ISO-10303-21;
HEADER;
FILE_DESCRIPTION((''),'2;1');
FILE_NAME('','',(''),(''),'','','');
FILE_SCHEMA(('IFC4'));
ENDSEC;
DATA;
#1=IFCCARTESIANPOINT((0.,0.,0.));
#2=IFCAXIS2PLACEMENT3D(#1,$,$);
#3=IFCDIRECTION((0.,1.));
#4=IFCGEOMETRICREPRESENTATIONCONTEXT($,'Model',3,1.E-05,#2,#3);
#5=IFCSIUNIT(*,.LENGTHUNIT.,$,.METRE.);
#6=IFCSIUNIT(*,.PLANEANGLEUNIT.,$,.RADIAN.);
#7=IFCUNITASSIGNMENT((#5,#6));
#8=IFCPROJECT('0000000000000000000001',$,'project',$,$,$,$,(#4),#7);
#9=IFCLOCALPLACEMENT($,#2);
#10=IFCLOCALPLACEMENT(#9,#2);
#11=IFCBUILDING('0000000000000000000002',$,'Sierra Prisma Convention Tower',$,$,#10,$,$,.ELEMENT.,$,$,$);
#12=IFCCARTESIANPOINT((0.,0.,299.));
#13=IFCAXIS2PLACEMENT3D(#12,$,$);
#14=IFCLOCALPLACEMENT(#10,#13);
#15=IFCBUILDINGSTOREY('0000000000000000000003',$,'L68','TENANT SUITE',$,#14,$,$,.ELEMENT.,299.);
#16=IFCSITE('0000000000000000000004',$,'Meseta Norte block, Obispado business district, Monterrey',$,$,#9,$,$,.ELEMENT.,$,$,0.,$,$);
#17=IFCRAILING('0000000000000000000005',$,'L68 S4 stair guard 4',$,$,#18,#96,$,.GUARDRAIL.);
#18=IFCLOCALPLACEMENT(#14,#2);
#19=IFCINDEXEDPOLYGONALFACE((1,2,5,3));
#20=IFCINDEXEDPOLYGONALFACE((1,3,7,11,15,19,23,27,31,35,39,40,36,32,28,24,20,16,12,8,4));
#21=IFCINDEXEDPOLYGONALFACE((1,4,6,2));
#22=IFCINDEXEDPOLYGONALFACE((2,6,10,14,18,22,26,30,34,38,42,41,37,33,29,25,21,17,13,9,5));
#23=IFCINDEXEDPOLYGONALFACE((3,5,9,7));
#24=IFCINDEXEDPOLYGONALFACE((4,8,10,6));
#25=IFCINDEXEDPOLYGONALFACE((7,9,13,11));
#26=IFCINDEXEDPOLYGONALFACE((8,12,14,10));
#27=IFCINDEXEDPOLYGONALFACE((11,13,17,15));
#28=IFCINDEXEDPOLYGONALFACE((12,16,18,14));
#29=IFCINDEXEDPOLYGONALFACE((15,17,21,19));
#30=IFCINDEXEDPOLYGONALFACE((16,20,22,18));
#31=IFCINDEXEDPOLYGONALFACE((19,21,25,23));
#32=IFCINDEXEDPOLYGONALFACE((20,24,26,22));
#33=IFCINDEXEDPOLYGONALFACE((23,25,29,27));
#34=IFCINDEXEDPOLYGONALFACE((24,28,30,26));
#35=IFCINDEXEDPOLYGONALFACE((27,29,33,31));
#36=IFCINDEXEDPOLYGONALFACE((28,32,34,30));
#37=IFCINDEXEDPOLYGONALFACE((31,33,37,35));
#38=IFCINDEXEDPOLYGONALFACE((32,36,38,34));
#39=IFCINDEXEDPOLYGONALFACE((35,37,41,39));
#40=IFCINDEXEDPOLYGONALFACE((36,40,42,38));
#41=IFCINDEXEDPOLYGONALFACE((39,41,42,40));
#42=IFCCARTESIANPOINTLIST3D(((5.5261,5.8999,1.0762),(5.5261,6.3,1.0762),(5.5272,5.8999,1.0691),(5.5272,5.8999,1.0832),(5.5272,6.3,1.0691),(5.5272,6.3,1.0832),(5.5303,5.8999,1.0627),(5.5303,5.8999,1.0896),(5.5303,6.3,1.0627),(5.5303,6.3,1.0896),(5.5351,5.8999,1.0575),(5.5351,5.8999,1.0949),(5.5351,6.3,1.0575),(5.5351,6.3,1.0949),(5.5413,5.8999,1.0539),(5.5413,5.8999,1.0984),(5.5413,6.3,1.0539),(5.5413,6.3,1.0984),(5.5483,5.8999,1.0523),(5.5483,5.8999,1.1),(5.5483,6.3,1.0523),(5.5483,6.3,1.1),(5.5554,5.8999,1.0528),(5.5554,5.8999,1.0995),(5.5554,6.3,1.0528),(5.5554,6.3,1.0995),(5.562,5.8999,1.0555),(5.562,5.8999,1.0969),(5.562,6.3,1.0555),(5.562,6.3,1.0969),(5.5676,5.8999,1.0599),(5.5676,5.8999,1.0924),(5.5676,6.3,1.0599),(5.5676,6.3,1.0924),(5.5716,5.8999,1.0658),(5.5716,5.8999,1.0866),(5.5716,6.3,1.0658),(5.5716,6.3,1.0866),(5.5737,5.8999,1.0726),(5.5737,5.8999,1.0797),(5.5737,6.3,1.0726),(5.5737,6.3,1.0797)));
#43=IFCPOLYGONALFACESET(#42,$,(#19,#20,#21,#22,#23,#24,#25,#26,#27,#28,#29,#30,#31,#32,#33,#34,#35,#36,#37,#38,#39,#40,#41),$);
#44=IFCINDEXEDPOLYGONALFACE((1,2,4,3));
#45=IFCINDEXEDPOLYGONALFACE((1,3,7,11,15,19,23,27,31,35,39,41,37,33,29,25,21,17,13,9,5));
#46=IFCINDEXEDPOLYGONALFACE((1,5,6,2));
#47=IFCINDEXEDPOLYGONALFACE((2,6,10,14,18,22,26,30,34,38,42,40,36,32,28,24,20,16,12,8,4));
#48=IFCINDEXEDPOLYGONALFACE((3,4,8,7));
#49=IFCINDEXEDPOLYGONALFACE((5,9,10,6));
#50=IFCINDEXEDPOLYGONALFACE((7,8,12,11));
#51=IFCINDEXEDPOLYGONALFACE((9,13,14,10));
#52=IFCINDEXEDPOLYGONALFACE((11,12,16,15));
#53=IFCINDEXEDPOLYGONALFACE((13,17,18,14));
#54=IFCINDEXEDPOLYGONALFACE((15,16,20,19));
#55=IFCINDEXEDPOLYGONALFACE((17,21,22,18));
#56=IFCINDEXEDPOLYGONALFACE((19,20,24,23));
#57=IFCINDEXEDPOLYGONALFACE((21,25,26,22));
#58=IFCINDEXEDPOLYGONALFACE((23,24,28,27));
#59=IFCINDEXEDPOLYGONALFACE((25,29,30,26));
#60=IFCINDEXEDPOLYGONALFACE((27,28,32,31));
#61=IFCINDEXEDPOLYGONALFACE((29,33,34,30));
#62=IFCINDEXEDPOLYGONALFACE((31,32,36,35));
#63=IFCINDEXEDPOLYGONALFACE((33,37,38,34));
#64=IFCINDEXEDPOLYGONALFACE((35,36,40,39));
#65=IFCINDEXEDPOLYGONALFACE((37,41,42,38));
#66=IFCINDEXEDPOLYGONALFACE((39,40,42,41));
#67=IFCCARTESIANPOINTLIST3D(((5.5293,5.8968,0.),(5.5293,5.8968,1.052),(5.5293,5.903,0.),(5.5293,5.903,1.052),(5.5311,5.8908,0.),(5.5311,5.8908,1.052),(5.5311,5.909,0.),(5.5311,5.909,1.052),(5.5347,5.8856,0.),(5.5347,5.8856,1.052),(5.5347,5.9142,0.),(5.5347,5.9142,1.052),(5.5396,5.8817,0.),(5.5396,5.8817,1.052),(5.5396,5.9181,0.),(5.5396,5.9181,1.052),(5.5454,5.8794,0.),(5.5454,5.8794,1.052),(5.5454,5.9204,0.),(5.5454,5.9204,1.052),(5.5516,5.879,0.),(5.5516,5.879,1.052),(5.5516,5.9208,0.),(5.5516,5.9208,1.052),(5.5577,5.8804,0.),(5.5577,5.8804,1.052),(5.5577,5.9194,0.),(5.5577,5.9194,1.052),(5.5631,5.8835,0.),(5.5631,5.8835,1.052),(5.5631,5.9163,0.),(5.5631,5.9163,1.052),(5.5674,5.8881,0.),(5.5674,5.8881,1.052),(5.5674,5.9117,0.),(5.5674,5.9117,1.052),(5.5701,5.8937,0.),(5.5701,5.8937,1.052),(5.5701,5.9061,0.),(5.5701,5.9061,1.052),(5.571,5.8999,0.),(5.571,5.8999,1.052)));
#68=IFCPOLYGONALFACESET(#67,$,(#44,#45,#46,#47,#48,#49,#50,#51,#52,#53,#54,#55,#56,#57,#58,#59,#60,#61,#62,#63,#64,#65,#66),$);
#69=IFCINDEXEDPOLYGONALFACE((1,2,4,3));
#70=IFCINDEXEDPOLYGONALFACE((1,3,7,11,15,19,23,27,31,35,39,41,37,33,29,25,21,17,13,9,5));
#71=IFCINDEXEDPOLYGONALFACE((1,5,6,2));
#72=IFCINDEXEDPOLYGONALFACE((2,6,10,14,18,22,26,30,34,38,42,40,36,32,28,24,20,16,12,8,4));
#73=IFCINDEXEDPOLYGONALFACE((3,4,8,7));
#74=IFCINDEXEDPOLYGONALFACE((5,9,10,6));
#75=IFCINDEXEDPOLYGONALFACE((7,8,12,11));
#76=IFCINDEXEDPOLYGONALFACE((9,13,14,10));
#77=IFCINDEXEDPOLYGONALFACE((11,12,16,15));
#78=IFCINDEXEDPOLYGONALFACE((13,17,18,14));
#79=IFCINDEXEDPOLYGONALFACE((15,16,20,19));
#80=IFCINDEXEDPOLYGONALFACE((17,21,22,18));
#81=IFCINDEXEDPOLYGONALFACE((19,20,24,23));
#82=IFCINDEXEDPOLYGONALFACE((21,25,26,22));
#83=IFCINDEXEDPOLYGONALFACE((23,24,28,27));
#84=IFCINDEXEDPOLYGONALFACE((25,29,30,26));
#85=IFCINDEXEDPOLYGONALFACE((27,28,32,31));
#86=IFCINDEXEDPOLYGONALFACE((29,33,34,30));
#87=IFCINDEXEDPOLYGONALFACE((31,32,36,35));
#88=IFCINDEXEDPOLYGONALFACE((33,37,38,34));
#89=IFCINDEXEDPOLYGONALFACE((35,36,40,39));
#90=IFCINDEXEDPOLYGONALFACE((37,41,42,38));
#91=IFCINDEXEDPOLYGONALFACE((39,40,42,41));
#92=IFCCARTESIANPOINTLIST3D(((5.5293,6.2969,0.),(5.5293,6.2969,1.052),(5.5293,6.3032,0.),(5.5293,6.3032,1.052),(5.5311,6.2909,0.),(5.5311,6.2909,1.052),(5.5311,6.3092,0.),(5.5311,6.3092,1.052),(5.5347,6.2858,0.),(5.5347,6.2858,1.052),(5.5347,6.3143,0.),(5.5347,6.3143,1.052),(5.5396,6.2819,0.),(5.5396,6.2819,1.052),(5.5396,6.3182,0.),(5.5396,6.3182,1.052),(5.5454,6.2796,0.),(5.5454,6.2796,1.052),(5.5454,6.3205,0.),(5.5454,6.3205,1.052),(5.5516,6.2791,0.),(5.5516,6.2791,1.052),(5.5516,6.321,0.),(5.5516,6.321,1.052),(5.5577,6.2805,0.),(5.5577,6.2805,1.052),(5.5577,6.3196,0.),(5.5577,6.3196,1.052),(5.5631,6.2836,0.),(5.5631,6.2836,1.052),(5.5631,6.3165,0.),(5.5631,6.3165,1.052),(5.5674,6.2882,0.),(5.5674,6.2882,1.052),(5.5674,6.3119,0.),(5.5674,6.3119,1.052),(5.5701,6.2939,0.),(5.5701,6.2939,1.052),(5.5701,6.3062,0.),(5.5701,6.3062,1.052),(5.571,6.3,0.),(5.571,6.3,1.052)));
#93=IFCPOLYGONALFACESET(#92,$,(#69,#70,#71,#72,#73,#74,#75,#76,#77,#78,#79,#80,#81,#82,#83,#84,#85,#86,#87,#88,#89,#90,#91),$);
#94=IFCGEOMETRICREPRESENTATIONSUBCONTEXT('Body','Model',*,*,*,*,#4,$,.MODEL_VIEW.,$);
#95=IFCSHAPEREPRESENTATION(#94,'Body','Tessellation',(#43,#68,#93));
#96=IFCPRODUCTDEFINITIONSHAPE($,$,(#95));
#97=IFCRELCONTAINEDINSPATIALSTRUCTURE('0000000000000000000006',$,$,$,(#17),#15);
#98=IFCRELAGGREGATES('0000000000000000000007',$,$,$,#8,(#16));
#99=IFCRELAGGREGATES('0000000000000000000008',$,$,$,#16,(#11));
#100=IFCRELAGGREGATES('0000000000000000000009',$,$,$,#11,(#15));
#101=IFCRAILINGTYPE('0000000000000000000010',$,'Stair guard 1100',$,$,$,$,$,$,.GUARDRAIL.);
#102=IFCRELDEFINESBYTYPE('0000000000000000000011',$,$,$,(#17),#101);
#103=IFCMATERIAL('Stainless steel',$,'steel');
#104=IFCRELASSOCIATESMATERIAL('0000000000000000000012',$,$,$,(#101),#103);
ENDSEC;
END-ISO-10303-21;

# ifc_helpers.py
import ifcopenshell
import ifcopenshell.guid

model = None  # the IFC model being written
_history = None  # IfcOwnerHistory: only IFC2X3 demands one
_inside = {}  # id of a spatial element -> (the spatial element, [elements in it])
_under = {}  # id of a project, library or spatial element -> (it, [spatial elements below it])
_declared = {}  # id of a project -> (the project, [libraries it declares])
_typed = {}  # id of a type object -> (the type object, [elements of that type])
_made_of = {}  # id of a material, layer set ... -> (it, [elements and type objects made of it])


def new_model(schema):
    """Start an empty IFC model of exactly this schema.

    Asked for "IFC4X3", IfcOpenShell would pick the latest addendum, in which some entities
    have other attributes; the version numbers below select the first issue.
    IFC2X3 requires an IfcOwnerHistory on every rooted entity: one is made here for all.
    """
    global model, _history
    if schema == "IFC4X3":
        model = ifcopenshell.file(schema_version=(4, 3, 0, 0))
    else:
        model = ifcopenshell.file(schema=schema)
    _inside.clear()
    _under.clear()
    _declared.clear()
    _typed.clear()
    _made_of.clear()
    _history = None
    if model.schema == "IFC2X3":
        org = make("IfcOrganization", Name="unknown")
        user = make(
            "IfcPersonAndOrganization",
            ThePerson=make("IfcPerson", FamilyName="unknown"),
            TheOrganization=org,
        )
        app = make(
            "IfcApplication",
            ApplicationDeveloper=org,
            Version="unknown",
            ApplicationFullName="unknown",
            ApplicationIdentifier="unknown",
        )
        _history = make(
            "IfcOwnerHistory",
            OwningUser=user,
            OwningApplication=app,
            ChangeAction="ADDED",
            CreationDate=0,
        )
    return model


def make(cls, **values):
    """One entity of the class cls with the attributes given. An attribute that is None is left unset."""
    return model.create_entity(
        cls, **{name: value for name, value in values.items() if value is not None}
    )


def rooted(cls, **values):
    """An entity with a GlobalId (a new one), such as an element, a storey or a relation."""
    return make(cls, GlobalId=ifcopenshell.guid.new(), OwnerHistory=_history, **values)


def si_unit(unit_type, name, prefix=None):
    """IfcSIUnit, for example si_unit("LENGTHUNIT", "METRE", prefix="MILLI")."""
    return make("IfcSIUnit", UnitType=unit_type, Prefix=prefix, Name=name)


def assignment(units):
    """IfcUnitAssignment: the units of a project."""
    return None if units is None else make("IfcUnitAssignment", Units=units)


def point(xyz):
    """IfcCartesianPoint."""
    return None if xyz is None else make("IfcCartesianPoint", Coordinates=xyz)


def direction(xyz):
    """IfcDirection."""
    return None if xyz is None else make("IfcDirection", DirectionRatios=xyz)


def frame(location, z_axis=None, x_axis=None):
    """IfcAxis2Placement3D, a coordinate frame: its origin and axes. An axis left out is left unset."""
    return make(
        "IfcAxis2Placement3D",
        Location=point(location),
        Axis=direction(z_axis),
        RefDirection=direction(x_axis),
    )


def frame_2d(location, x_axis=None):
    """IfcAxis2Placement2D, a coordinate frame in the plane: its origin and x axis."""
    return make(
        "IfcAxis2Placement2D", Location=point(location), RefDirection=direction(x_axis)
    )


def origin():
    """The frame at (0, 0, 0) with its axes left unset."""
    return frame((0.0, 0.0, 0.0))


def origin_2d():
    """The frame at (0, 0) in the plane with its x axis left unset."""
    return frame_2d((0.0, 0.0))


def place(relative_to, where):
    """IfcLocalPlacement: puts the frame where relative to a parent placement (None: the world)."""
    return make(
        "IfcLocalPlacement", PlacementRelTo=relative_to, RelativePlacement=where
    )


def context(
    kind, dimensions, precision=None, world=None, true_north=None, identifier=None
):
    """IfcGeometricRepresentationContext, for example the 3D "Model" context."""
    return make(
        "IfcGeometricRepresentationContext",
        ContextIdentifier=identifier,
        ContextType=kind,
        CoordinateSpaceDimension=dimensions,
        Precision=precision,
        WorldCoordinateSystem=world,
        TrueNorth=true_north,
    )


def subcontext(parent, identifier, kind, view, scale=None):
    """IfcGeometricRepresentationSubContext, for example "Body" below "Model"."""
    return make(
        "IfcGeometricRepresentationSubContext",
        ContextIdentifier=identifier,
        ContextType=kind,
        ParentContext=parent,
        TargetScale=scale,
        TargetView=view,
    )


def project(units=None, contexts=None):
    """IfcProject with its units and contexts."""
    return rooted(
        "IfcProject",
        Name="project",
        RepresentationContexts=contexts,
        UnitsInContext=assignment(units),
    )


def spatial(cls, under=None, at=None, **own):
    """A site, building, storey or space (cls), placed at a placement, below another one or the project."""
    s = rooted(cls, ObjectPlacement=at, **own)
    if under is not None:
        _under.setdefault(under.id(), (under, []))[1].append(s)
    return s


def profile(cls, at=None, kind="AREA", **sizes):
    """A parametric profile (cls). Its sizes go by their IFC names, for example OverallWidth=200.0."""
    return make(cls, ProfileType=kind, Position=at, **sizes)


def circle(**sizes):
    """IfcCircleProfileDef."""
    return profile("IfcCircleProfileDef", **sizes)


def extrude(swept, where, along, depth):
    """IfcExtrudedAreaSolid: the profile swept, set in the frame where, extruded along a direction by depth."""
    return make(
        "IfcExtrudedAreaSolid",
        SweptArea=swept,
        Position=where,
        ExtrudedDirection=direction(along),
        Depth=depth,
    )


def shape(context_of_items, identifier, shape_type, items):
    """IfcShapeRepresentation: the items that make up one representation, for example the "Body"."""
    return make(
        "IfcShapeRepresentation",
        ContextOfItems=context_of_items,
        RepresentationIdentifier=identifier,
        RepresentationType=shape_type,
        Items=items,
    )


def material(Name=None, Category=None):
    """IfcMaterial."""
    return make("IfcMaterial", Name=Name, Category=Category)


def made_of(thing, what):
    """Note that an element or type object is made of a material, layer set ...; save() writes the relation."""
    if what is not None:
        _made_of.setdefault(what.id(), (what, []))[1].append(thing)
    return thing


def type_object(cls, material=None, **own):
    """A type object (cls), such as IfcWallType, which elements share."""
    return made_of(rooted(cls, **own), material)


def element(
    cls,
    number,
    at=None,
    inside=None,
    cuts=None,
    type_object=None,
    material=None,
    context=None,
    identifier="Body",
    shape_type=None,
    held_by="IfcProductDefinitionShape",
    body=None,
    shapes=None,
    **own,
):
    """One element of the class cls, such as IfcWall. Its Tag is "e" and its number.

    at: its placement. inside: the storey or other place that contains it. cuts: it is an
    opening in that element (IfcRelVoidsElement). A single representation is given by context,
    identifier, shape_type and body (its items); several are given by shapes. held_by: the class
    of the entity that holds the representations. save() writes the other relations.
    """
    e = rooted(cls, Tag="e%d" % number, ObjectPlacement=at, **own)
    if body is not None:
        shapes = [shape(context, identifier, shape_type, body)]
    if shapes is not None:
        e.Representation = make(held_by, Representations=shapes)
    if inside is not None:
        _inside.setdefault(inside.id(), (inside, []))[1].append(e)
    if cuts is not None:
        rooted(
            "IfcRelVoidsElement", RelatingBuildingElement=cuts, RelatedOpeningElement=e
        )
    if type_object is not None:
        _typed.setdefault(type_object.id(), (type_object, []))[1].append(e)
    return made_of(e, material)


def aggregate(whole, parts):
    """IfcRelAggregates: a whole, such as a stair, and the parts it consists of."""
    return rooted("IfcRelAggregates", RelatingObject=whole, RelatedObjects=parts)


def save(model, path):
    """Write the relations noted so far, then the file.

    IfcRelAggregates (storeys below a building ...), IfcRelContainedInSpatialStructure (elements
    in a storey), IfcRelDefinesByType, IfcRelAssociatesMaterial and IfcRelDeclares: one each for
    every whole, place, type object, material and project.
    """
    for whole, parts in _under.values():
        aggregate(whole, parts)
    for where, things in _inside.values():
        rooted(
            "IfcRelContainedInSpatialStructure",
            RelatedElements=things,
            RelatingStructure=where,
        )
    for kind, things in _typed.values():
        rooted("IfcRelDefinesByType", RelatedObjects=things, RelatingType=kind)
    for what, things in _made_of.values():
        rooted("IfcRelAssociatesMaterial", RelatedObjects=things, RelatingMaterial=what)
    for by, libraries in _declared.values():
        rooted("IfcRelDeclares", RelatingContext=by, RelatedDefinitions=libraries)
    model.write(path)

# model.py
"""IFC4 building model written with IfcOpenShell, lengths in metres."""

from ifc_helpers import new_model, si_unit, direction, frame, origin, origin_2d, place, context, subcontext, project, spatial, circle, extrude, material, type_object, element, save


model = new_model("IFC4")

# Units and contexts
model_context = context("Model", 3, precision=1e-05, world=origin(), true_north=direction((0.0, 1.0)))
body_context = subcontext(model_context, "Body", "Model", "MODEL_VIEW")
ifc_project = project(units=[si_unit("LENGTHUNIT", "METRE"), si_unit("PLANEANGLEUNIT", "RADIAN")], contexts=[model_context])

# Site, building, storey
site_placement = place(None, origin())
site = spatial("IfcSite", under=ifc_project, at=site_placement, Name="Meseta Norte block, Obispado business district, Monterrey", CompositionType="ELEMENT", RefElevation=0.0)
building_placement = place(site_placement, origin())
building = spatial("IfcBuilding", under=site, at=building_placement, Name="Sierra Prisma Convention Tower", CompositionType="ELEMENT")
storey_placement = place(building_placement, frame((0.0, 0.0, 299.0)))
storey = spatial("IfcBuildingStorey", under=building, at=storey_placement, Name="L68", Description="TENANT SUITE", CompositionType="ELEMENT", Elevation=299.0)

# Railing
ifc_material_1 = material(Name="Stainless steel", Category="steel")
railing_type = type_object("IfcRailingType", Name="Stair guard 1100", PredefinedType="GUARDRAIL", material=ifc_material_1)
railing_placement = place(storey_placement, frame((5.55, 5.8999, 0.0)))
element("IfcRailing", 1, at=railing_placement, inside=storey, type_object=railing_type, Name="L68 S4 stair guard 4", PredefinedType="GUARDRAIL", context=body_context, shape_type="SweptSolid", body=[
    extrude(circle(Radius=0.0239, at=origin_2d()), frame((0.0, 0.0, 1.0762), z_axis=(0.0, 1.0, 0.0), x_axis=(-1.0, 0.0, 0.0)), (0.0, 0.0, 1.0), 0.4001),
    extrude(circle(Radius=0.021, at=origin_2d()), origin(), (0.0, 0.0, 1.0), 1.052),
    extrude(circle(Radius=0.021, at=origin_2d()), frame((0.0, 0.4001, 0.0)), (0.0, 0.0, 1.0), 1.052),
])

save(model, "model.ifc")
